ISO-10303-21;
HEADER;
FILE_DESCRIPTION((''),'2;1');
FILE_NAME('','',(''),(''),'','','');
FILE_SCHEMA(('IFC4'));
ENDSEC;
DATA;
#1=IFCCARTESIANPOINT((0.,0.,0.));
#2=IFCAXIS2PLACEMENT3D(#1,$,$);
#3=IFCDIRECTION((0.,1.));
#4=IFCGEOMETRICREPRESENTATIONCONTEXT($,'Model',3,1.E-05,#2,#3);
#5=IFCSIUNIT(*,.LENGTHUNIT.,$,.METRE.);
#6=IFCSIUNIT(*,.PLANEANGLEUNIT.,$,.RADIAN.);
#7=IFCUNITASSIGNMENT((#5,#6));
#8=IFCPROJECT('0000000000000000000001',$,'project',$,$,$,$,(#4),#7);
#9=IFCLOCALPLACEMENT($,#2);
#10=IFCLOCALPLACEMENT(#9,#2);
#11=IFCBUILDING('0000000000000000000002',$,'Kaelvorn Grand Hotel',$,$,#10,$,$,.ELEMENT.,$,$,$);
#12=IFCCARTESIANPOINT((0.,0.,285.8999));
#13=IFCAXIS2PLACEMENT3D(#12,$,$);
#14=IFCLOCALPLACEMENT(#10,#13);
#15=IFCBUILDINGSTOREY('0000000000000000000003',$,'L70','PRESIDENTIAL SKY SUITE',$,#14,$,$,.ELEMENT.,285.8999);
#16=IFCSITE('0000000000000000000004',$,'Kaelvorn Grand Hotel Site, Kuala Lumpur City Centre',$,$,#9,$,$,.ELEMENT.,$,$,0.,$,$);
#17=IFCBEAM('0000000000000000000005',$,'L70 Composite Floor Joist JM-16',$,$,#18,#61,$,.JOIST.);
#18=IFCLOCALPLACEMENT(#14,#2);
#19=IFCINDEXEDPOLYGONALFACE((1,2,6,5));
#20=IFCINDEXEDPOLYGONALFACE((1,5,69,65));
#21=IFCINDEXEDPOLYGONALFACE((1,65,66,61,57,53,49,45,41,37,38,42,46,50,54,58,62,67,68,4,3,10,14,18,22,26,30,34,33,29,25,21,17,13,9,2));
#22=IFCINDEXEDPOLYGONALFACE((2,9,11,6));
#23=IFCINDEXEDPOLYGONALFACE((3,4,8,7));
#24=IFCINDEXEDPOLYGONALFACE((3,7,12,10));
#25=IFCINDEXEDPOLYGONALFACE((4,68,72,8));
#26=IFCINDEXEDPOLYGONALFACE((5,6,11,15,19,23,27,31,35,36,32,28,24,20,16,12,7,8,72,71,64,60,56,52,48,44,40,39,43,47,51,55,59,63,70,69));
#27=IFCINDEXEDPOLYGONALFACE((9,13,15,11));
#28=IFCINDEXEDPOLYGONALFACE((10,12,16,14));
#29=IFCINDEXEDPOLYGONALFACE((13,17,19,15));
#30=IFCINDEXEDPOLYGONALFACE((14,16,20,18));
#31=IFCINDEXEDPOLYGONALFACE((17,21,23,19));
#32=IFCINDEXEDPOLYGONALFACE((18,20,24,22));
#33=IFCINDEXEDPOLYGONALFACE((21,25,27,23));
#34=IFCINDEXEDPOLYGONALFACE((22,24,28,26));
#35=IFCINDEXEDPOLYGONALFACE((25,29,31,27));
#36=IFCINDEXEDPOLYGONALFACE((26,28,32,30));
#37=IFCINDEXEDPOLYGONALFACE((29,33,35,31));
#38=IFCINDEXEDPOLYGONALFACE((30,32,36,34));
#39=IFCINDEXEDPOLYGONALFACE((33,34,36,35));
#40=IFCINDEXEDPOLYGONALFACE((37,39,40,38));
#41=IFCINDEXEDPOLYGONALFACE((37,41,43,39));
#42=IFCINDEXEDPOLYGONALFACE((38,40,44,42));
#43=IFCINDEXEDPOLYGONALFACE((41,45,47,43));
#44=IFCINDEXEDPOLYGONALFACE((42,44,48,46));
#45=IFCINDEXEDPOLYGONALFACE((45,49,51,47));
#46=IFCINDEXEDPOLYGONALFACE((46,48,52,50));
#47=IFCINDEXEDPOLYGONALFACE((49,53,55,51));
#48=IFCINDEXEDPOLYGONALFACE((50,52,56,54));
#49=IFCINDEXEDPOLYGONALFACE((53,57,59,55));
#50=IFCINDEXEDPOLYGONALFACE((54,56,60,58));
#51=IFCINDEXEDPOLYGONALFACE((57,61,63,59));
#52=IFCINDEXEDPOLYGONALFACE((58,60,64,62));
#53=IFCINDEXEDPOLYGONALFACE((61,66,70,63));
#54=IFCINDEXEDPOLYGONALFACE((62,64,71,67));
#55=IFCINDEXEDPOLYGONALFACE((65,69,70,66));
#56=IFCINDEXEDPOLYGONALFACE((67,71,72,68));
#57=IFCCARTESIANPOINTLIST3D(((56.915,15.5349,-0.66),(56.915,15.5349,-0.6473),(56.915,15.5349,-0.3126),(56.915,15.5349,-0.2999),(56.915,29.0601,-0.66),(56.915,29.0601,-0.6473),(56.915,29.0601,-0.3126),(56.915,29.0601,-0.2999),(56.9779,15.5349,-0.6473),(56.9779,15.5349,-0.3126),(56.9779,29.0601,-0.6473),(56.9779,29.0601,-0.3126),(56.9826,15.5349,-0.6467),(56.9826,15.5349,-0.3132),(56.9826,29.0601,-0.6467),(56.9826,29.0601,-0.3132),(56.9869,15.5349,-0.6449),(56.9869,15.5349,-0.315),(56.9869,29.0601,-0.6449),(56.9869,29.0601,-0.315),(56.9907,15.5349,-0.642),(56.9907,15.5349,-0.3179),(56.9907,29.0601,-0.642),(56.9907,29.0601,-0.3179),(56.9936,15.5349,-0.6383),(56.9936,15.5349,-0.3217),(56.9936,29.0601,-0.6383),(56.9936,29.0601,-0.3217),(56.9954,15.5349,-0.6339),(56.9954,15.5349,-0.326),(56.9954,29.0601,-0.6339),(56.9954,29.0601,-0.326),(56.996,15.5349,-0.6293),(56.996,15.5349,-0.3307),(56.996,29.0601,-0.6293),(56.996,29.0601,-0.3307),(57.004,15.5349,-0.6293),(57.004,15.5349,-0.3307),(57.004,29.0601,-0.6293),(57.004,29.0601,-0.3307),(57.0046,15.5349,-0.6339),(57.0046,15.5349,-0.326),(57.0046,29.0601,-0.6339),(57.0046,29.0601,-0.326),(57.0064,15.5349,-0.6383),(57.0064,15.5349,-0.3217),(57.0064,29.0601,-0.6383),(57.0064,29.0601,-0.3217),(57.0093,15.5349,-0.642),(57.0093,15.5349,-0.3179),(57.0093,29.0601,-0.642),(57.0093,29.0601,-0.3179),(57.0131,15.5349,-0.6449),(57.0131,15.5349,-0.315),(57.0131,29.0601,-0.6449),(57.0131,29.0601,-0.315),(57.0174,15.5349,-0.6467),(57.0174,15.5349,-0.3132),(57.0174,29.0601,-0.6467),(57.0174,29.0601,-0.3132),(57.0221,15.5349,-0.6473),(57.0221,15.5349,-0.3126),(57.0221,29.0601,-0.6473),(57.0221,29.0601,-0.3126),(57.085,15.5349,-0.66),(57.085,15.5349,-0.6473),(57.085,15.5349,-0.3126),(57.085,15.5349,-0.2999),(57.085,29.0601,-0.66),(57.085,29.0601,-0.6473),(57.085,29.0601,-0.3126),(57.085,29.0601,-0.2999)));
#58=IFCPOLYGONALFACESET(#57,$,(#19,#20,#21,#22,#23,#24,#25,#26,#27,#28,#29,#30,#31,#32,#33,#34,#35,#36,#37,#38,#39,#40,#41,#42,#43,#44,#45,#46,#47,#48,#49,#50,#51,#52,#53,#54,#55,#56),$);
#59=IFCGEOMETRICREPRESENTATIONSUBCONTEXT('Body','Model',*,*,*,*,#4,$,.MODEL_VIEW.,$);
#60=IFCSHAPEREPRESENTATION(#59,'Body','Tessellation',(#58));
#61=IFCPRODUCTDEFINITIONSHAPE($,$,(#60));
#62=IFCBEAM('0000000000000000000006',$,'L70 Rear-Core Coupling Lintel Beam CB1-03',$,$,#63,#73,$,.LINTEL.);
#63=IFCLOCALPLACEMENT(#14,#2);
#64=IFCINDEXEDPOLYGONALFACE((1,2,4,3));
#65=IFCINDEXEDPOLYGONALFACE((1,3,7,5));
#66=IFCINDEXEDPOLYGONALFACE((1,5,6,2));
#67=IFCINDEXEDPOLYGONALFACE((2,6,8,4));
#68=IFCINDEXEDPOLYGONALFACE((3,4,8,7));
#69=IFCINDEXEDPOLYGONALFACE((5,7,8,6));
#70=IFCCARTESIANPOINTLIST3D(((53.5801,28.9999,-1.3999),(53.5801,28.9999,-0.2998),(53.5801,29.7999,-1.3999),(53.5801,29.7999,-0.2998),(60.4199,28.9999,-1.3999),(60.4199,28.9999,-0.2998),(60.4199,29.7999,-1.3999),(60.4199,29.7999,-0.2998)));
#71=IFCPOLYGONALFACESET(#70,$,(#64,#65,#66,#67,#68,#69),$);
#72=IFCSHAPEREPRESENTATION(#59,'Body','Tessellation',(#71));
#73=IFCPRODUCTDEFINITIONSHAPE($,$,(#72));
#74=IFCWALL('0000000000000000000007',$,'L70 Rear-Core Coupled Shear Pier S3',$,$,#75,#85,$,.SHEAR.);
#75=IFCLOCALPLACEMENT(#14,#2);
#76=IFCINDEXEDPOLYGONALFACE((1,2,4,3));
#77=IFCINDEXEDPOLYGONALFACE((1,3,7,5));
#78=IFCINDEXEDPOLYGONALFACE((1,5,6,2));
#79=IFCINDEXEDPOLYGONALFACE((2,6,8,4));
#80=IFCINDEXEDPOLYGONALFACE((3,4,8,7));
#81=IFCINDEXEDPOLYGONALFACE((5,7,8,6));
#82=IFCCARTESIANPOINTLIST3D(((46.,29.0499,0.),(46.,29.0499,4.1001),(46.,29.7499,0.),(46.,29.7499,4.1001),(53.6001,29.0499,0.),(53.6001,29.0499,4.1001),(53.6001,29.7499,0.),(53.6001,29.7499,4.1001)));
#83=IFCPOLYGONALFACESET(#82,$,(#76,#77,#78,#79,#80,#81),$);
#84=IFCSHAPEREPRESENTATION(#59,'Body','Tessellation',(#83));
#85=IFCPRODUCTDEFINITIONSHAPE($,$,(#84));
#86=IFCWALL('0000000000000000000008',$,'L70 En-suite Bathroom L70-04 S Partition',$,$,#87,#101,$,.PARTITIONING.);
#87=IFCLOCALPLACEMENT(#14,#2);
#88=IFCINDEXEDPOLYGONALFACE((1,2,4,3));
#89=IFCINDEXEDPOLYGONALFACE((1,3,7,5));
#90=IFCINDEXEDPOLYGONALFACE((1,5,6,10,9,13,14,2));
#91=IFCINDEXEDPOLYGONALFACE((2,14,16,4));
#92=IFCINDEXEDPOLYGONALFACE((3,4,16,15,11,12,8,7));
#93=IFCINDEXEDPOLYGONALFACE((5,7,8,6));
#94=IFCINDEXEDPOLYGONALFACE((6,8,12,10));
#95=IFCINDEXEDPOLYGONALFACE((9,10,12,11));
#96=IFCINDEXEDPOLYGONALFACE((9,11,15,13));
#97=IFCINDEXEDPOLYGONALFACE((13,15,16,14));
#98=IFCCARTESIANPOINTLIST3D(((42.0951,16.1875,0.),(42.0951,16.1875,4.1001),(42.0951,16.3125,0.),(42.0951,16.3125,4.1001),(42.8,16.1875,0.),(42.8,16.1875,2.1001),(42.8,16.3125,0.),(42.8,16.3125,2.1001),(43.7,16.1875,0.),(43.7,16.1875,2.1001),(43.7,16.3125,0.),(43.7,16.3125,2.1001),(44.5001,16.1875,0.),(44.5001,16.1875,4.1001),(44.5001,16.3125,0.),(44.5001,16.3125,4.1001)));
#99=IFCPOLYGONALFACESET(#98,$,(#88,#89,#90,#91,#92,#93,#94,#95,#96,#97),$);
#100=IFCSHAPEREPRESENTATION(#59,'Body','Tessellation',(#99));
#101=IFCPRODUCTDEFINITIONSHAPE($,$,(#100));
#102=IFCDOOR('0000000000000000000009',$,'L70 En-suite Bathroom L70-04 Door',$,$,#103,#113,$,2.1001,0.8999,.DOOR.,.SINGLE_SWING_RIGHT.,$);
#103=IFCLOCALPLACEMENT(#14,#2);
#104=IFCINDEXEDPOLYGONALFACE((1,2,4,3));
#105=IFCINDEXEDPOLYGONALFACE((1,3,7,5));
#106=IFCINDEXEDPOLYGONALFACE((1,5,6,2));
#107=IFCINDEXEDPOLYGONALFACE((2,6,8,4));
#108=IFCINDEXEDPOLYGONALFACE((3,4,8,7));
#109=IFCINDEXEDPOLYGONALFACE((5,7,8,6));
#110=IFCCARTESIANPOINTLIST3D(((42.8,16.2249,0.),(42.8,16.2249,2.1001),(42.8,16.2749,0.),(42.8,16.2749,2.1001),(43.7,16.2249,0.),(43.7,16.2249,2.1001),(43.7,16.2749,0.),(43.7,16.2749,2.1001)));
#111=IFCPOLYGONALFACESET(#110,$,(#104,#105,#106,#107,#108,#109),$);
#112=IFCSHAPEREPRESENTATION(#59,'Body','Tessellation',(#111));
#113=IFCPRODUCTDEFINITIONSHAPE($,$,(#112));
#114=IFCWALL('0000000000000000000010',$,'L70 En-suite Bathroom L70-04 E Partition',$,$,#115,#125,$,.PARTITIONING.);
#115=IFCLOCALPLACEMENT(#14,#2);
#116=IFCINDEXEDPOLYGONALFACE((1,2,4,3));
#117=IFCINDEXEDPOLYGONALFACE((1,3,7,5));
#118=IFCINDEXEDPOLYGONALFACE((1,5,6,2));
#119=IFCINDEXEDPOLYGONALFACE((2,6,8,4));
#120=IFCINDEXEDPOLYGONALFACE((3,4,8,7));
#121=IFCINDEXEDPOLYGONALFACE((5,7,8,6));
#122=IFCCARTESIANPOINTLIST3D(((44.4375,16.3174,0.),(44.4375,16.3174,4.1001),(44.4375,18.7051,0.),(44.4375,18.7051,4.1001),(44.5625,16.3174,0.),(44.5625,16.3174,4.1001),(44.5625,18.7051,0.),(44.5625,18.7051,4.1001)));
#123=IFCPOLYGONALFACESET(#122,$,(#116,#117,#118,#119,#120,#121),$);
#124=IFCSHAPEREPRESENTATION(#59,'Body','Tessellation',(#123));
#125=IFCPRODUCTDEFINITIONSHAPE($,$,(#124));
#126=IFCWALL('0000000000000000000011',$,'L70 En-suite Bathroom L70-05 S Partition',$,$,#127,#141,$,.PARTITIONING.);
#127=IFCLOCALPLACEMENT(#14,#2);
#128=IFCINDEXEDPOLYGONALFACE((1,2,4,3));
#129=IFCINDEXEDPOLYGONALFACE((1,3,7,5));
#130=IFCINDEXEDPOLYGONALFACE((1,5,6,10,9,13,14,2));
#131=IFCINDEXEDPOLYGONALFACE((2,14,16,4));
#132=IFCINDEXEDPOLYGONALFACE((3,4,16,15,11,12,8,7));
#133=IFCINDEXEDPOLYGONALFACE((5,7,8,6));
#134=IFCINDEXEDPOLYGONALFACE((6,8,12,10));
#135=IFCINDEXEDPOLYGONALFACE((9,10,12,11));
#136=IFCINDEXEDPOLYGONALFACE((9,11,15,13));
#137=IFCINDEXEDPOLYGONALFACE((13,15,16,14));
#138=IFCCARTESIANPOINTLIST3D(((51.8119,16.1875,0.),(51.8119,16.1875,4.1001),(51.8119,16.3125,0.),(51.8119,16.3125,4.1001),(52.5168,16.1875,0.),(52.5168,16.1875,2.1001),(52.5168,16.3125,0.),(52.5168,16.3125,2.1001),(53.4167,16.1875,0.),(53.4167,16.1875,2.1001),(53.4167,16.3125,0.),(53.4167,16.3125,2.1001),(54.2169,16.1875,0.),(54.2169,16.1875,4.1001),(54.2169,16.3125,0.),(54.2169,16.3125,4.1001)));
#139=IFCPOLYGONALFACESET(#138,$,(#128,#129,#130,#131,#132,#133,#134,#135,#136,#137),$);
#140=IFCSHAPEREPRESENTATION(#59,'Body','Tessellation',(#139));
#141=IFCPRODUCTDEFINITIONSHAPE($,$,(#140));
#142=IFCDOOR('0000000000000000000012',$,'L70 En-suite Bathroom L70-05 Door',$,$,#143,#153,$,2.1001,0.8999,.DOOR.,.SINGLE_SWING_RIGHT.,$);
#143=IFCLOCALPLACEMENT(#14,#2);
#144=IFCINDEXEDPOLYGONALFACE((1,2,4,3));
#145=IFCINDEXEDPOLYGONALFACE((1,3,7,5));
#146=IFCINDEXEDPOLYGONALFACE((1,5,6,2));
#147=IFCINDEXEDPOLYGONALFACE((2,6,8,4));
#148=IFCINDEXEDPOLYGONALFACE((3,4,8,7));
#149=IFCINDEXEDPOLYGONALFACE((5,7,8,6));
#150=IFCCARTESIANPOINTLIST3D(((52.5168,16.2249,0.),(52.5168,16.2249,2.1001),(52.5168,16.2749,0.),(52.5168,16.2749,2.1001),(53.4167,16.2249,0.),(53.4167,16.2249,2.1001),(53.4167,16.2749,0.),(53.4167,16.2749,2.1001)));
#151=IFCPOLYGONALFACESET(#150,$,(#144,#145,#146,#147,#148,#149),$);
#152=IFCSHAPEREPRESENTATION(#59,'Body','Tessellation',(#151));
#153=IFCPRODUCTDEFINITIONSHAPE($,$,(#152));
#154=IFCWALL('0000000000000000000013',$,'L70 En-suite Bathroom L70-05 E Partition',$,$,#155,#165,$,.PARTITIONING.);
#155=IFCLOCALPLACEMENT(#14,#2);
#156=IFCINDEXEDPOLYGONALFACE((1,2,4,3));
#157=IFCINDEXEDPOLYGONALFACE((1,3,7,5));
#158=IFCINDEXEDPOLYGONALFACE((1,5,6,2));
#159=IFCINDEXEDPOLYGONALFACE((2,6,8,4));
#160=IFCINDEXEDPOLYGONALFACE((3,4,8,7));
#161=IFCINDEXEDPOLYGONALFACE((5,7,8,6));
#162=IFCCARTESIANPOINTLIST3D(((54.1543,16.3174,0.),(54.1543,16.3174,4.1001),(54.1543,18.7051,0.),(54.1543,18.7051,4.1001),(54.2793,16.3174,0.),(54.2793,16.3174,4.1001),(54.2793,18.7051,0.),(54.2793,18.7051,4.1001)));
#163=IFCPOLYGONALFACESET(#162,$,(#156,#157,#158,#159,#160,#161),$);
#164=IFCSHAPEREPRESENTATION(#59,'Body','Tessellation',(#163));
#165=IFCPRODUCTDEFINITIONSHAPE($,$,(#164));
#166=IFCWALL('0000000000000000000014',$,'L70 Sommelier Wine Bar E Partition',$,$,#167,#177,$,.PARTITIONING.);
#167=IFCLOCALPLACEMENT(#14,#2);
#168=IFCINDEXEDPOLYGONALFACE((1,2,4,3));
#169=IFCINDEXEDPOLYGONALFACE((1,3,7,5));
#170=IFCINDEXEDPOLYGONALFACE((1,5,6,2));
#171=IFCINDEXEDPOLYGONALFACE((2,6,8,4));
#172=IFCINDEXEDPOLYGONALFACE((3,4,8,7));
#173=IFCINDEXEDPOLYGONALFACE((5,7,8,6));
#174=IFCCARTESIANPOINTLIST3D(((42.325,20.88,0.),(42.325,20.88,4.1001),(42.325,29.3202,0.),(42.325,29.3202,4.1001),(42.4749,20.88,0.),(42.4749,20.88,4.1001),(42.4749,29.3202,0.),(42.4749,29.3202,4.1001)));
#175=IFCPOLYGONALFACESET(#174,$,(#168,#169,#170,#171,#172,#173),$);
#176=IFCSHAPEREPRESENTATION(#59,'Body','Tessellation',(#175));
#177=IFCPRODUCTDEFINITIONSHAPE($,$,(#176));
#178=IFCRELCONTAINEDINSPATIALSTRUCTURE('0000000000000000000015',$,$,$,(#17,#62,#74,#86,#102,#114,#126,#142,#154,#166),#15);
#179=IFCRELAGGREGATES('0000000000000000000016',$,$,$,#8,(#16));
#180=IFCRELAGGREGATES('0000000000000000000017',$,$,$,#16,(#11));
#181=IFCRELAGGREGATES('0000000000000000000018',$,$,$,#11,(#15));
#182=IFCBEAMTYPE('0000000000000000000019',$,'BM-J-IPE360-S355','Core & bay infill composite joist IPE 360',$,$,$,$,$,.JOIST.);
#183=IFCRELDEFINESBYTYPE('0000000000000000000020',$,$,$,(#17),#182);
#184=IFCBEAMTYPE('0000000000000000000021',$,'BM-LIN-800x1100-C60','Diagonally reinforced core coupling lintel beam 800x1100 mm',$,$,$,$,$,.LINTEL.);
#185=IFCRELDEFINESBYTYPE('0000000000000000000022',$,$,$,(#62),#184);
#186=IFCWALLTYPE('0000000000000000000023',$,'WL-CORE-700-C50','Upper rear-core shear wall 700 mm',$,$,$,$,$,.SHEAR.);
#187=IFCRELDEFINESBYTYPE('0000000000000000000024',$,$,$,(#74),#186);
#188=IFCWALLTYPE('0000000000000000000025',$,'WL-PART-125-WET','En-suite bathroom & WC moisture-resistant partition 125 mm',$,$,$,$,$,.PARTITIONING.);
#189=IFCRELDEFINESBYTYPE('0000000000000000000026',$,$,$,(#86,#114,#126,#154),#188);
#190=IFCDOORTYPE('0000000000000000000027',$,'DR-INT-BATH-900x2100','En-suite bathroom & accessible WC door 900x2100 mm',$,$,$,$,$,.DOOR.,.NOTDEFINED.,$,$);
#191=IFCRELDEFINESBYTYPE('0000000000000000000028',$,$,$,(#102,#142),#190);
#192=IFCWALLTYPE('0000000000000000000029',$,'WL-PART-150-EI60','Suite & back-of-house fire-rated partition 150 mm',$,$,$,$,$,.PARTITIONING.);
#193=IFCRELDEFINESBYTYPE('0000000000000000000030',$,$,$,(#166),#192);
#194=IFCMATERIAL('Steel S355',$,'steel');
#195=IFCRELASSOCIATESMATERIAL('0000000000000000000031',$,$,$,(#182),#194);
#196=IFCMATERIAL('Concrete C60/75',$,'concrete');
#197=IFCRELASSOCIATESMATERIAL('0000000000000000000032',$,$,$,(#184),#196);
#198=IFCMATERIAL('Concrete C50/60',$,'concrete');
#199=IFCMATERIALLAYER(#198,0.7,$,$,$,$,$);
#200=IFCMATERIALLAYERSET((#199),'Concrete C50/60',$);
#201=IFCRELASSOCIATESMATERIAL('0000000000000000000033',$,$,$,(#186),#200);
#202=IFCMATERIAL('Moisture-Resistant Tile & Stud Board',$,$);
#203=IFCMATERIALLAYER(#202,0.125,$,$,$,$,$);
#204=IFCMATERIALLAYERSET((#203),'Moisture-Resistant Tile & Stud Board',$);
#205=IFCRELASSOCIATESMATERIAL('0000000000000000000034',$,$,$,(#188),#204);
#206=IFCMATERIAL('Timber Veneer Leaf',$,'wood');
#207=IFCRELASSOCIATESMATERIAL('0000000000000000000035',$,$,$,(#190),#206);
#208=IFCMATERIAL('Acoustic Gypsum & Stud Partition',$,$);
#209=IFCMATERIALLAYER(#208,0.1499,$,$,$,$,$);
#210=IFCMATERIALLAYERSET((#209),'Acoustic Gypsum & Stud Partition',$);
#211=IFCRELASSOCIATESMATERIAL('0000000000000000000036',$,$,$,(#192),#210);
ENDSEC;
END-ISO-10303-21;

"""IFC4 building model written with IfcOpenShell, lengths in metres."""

from ifc_helpers import new_model, si_unit, direction, frame, frame_2d, origin, origin_2d, place, context, subcontext, project, spatial, rectangle, i_section, extrude, material, layer, layer_set, material_profile, profile_set, type_object, element, fill, save


model = new_model("IFC4")

# Units and contexts
model_context = context("Model", 3, precision=1e-05, world=origin(), true_north=direction((0.0, 1.0)))
body_context = subcontext(model_context, "Body", "Model", "MODEL_VIEW")
ifc_project = project(units=[si_unit("LENGTHUNIT", "METRE"), si_unit("PLANEANGLEUNIT", "RADIAN")], contexts=[model_context])

# Site, building, storey
site_placement = place(None, origin())
site = spatial("IfcSite", under=ifc_project, at=site_placement, Name="Kaelvorn Grand Hotel Site, Kuala Lumpur City Centre", CompositionType="ELEMENT", RefElevation=0.0)
building_placement = place(site_placement, origin())
building = spatial("IfcBuilding", under=site, at=building_placement, Name="Kaelvorn Grand Hotel", CompositionType="ELEMENT")
storey_placement = place(building_placement, frame((0.0, 0.0, 285.8999)))
storey = spatial("IfcBuildingStorey", under=building, at=storey_placement, Name="L70", Description="PRESIDENTIAL SKY SUITE", CompositionType="ELEMENT", Elevation=285.8999)

# Shared definitions
ifc_material_1 = material(Name="Concrete C50/60", Category="concrete")

# Beams
ifc_material_2 = material(Name="Steel S355", Category="steel")
ifc_material_profile_1 = material_profile(ifc_material_2, i_section(OverallWidth=0.1699, OverallDepth=0.3601, WebThickness=0.0081, FlangeThickness=0.0127, FilletRadius=0.0181, at=origin_2d()), Name="IPE 360")
ifc_profile_set_1 = profile_set([ifc_material_profile_1], Name="Steel S355")
beam_type_1 = type_object("IfcBeamType", Name="BM-J-IPE360-S355", Description="Core & bay infill composite joist IPE 360", PredefinedType="JOIST", material=ifc_profile_set_1)
beam_1_placement = place(storey_placement, frame((57.0, 15.5349, -0.48), z_axis=(0.0, 1.0, 0.0), x_axis=(-1.0, 0.0, 0.0)))
element("IfcBeam", 1, at=beam_1_placement, inside=storey, type_object=beam_type_1, Name="L70 Composite Floor Joist JM-16", PredefinedType="JOIST", context=body_context, shape_type="SweptSolid", body=[
    extrude(i_section(OverallWidth=0.1699, OverallDepth=0.3601, WebThickness=0.0081, FlangeThickness=0.0127, FilletRadius=0.0181, at=origin_2d()), origin(), (0.0, 0.0, 1.0), 13.5251),
])
ifc_material_3 = material(Name="Concrete C60/75", Category="concrete")
ifc_material_profile_2 = material_profile(ifc_material_3, rectangle(XDim=0.8, YDim=1.1001, at=origin_2d()), Name="RC LINTEL 800x1100")
ifc_profile_set_2 = profile_set([ifc_material_profile_2], Name="Concrete C60/75")
beam_type_2 = type_object("IfcBeamType", Name="BM-LIN-800x1100-C60", Description="Diagonally reinforced core coupling lintel beam 800x1100 mm", PredefinedType="LINTEL", material=ifc_profile_set_2)
beam_2_placement = place(storey_placement, frame((53.5801, 29.3999, -0.8499), z_axis=(1.0, 0.0, 0.0), x_axis=(0.0, 1.0, 0.0)))
element("IfcBeam", 2, at=beam_2_placement, inside=storey, type_object=beam_type_2, Name="L70 Rear-Core Coupling Lintel Beam CB1-03", PredefinedType="LINTEL", context=body_context, shape_type="SweptSolid", body=[
    extrude(rectangle(XDim=0.8, YDim=1.1001, at=origin_2d()), origin(), (0.0, 0.0, 1.0), 6.8398),
])

# Wall
ifc_layer_1 = layer(ifc_material_1, 0.7)
ifc_layer_set_1 = layer_set([ifc_layer_1], Name="Concrete C50/60")
wall_type_1 = type_object("IfcWallType", Name="WL-CORE-700-C50", Description="Upper rear-core shear wall 700 mm", PredefinedType="SHEAR", material=ifc_layer_set_1)
wall_1_placement = place(storey_placement, frame((46.0, 29.3999, 0.0), z_axis=(0.0, 0.0, 1.0), x_axis=(1.0, 0.0, 0.0)))
element("IfcWall", 3, at=wall_1_placement, inside=storey, type_object=wall_type_1, Name="L70 Rear-Core Coupled Shear Pier S3", PredefinedType="SHEAR", context=body_context, shape_type="SweptSolid", body=[
    extrude(rectangle(XDim=7.6001, YDim=0.7, at=frame_2d((3.8, 0.0))), origin(), (0.0, 0.0, 1.0), 4.1001),
])

# Wall, opening, door
ifc_material_4 = material(Name="Moisture-Resistant Tile & Stud Board")
ifc_layer_2 = layer(ifc_material_4, 0.125)
ifc_layer_set_2 = layer_set([ifc_layer_2], Name="Moisture-Resistant Tile & Stud Board")
wall_type_2 = type_object("IfcWallType", Name="WL-PART-125-WET", Description="En-suite bathroom & WC moisture-resistant partition 125 mm", PredefinedType="PARTITIONING", material=ifc_layer_set_2)
wall_2_placement = place(storey_placement, frame((42.095, 16.25, 0.0), z_axis=(0.0, 0.0, 1.0), x_axis=(1.0, 0.0, 0.0)))
wall_2 = element("IfcWall", 4, at=wall_2_placement, inside=storey, type_object=wall_type_2, Name="L70 En-suite Bathroom L70-04 S Partition", PredefinedType="PARTITIONING", context=body_context, shape_type="SweptSolid", body=[
    extrude(rectangle(XDim=2.405, YDim=0.125, at=frame_2d((1.2026, 0.0))), origin(), (0.0, 0.0, 1.0), 4.1001),
])
opening_1_placement = place(wall_2_placement, frame((0.7051, 0.0, 0.0)))
opening_1 = element("IfcOpeningElement", 5, at=opening_1_placement, cuts=wall_2, PredefinedType="OPENING", context=body_context, shape_type="SweptSolid", body=[
    extrude(rectangle(XDim=0.8999, YDim=2.1001, at=frame_2d((0.45, 1.05))), frame((0.0, 0.0725, 0.0), z_axis=(0.0, -1.0, 0.0), x_axis=(1.0, 0.0, 0.0)), (0.0, 0.0, 1.0), 0.145),
])
ifc_material_5 = material(Name="Timber Veneer Leaf", Category="wood")
door_type_1 = type_object("IfcDoorType", Name="DR-INT-BATH-900x2100", Description="En-suite bathroom & accessible WC door 900x2100 mm", OperationType="NOTDEFINED", PredefinedType="DOOR", material=ifc_material_5)
door_1_placement = place(opening_1_placement, origin())
door_1 = element("IfcDoor", 6, at=door_1_placement, inside=storey, type_object=door_type_1, Name="L70 En-suite Bathroom L70-04 Door", OperationType="SINGLE_SWING_RIGHT", OverallHeight=2.1001, OverallWidth=0.8999, PredefinedType="DOOR", context=body_context, shape_type="SweptSolid", body=[
    extrude(rectangle(XDim=0.8999, YDim=2.1001, at=frame_2d((0.45, 1.05))), frame((0.0, 0.0249, 0.0), z_axis=(0.0, -1.0, 0.0), x_axis=(1.0, 0.0, 0.0)), (0.0, 0.0, 1.0), 0.05),
])
fill(opening_1, door_1)

# Wall
wall_3_placement = place(storey_placement, frame((44.5, 16.3174, 0.0), z_axis=(0.0, 0.0, 1.0), x_axis=(0.0, 1.0, 0.0)))
element("IfcWall", 7, at=wall_3_placement, inside=storey, type_object=wall_type_2, Name="L70 En-suite Bathroom L70-04 E Partition", PredefinedType="PARTITIONING", context=body_context, shape_type="SweptSolid", body=[
    extrude(rectangle(XDim=2.3877, YDim=0.125, at=frame_2d((1.1938, 0.0))), origin(), (0.0, 0.0, 1.0), 4.1001),
])

# Wall, opening, door
wall_4_placement = place(storey_placement, frame((51.8118, 16.25, 0.0), z_axis=(0.0, 0.0, 1.0), x_axis=(1.0, 0.0, 0.0)))
wall_4 = element("IfcWall", 8, at=wall_4_placement, inside=storey, type_object=wall_type_2, Name="L70 En-suite Bathroom L70-05 S Partition", PredefinedType="PARTITIONING", context=body_context, shape_type="SweptSolid", body=[
    extrude(rectangle(XDim=2.405, YDim=0.125, at=frame_2d((1.2026, 0.0))), origin(), (0.0, 0.0, 1.0), 4.1001),
])
opening_2_placement = place(wall_4_placement, frame((0.7051, 0.0, 0.0)))
opening_2 = element("IfcOpeningElement", 9, at=opening_2_placement, cuts=wall_4, PredefinedType="OPENING", context=body_context, shape_type="SweptSolid", body=[
    extrude(rectangle(XDim=0.8999, YDim=2.1001, at=frame_2d((0.45, 1.05))), frame((0.0, 0.0725, 0.0), z_axis=(0.0, -1.0, 0.0), x_axis=(1.0, 0.0, 0.0)), (0.0, 0.0, 1.0), 0.145),
])
door_2_placement = place(opening_2_placement, origin())
door_2 = element("IfcDoor", 10, at=door_2_placement, inside=storey, type_object=door_type_1, Name="L70 En-suite Bathroom L70-05 Door", OperationType="SINGLE_SWING_RIGHT", OverallHeight=2.1001, OverallWidth=0.8999, PredefinedType="DOOR", context=body_context, shape_type="SweptSolid", body=[
    extrude(rectangle(XDim=0.8999, YDim=2.1001, at=frame_2d((0.45, 1.05))), frame((0.0, 0.0249, 0.0), z_axis=(0.0, -1.0, 0.0), x_axis=(1.0, 0.0, 0.0)), (0.0, 0.0, 1.0), 0.05),
])
fill(opening_2, door_2)

# Walls
wall_5_placement = place(storey_placement, frame((54.2168, 16.3174, 0.0), z_axis=(0.0, 0.0, 1.0), x_axis=(0.0, 1.0, 0.0)))
element("IfcWall", 11, at=wall_5_placement, inside=storey, type_object=wall_type_2, Name="L70 En-suite Bathroom L70-05 E Partition", PredefinedType="PARTITIONING", context=body_context, shape_type="SweptSolid", body=[
    extrude(rectangle(XDim=2.3877, YDim=0.125, at=frame_2d((1.1938, 0.0))), origin(), (0.0, 0.0, 1.0), 4.1001),
])
ifc_material_6 = material(Name="Acoustic Gypsum & Stud Partition")
ifc_layer_3 = layer(ifc_material_6, 0.1499)
ifc_layer_set_3 = layer_set([ifc_layer_3], Name="Acoustic Gypsum & Stud Partition")
wall_type_3 = type_object("IfcWallType", Name="WL-PART-150-EI60", Description="Suite & back-of-house fire-rated partition 150 mm", PredefinedType="PARTITIONING", material=ifc_layer_set_3)
wall_6_placement = place(storey_placement, frame((42.3999, 20.8799, 0.0), z_axis=(0.0, 0.0, 1.0), x_axis=(0.0, 1.0, 0.0)))
element("IfcWall", 12, at=wall_6_placement, inside=storey, type_object=wall_type_3, Name="L70 Sommelier Wine Bar E Partition", PredefinedType="PARTITIONING", context=body_context, shape_type="SweptSolid", body=[
    extrude(rectangle(XDim=8.4402, YDim=0.1499, at=frame_2d((4.2202, 0.0))), origin(), (0.0, 0.0, 1.0), 4.1001),
])

save(model, "model.ifc")
